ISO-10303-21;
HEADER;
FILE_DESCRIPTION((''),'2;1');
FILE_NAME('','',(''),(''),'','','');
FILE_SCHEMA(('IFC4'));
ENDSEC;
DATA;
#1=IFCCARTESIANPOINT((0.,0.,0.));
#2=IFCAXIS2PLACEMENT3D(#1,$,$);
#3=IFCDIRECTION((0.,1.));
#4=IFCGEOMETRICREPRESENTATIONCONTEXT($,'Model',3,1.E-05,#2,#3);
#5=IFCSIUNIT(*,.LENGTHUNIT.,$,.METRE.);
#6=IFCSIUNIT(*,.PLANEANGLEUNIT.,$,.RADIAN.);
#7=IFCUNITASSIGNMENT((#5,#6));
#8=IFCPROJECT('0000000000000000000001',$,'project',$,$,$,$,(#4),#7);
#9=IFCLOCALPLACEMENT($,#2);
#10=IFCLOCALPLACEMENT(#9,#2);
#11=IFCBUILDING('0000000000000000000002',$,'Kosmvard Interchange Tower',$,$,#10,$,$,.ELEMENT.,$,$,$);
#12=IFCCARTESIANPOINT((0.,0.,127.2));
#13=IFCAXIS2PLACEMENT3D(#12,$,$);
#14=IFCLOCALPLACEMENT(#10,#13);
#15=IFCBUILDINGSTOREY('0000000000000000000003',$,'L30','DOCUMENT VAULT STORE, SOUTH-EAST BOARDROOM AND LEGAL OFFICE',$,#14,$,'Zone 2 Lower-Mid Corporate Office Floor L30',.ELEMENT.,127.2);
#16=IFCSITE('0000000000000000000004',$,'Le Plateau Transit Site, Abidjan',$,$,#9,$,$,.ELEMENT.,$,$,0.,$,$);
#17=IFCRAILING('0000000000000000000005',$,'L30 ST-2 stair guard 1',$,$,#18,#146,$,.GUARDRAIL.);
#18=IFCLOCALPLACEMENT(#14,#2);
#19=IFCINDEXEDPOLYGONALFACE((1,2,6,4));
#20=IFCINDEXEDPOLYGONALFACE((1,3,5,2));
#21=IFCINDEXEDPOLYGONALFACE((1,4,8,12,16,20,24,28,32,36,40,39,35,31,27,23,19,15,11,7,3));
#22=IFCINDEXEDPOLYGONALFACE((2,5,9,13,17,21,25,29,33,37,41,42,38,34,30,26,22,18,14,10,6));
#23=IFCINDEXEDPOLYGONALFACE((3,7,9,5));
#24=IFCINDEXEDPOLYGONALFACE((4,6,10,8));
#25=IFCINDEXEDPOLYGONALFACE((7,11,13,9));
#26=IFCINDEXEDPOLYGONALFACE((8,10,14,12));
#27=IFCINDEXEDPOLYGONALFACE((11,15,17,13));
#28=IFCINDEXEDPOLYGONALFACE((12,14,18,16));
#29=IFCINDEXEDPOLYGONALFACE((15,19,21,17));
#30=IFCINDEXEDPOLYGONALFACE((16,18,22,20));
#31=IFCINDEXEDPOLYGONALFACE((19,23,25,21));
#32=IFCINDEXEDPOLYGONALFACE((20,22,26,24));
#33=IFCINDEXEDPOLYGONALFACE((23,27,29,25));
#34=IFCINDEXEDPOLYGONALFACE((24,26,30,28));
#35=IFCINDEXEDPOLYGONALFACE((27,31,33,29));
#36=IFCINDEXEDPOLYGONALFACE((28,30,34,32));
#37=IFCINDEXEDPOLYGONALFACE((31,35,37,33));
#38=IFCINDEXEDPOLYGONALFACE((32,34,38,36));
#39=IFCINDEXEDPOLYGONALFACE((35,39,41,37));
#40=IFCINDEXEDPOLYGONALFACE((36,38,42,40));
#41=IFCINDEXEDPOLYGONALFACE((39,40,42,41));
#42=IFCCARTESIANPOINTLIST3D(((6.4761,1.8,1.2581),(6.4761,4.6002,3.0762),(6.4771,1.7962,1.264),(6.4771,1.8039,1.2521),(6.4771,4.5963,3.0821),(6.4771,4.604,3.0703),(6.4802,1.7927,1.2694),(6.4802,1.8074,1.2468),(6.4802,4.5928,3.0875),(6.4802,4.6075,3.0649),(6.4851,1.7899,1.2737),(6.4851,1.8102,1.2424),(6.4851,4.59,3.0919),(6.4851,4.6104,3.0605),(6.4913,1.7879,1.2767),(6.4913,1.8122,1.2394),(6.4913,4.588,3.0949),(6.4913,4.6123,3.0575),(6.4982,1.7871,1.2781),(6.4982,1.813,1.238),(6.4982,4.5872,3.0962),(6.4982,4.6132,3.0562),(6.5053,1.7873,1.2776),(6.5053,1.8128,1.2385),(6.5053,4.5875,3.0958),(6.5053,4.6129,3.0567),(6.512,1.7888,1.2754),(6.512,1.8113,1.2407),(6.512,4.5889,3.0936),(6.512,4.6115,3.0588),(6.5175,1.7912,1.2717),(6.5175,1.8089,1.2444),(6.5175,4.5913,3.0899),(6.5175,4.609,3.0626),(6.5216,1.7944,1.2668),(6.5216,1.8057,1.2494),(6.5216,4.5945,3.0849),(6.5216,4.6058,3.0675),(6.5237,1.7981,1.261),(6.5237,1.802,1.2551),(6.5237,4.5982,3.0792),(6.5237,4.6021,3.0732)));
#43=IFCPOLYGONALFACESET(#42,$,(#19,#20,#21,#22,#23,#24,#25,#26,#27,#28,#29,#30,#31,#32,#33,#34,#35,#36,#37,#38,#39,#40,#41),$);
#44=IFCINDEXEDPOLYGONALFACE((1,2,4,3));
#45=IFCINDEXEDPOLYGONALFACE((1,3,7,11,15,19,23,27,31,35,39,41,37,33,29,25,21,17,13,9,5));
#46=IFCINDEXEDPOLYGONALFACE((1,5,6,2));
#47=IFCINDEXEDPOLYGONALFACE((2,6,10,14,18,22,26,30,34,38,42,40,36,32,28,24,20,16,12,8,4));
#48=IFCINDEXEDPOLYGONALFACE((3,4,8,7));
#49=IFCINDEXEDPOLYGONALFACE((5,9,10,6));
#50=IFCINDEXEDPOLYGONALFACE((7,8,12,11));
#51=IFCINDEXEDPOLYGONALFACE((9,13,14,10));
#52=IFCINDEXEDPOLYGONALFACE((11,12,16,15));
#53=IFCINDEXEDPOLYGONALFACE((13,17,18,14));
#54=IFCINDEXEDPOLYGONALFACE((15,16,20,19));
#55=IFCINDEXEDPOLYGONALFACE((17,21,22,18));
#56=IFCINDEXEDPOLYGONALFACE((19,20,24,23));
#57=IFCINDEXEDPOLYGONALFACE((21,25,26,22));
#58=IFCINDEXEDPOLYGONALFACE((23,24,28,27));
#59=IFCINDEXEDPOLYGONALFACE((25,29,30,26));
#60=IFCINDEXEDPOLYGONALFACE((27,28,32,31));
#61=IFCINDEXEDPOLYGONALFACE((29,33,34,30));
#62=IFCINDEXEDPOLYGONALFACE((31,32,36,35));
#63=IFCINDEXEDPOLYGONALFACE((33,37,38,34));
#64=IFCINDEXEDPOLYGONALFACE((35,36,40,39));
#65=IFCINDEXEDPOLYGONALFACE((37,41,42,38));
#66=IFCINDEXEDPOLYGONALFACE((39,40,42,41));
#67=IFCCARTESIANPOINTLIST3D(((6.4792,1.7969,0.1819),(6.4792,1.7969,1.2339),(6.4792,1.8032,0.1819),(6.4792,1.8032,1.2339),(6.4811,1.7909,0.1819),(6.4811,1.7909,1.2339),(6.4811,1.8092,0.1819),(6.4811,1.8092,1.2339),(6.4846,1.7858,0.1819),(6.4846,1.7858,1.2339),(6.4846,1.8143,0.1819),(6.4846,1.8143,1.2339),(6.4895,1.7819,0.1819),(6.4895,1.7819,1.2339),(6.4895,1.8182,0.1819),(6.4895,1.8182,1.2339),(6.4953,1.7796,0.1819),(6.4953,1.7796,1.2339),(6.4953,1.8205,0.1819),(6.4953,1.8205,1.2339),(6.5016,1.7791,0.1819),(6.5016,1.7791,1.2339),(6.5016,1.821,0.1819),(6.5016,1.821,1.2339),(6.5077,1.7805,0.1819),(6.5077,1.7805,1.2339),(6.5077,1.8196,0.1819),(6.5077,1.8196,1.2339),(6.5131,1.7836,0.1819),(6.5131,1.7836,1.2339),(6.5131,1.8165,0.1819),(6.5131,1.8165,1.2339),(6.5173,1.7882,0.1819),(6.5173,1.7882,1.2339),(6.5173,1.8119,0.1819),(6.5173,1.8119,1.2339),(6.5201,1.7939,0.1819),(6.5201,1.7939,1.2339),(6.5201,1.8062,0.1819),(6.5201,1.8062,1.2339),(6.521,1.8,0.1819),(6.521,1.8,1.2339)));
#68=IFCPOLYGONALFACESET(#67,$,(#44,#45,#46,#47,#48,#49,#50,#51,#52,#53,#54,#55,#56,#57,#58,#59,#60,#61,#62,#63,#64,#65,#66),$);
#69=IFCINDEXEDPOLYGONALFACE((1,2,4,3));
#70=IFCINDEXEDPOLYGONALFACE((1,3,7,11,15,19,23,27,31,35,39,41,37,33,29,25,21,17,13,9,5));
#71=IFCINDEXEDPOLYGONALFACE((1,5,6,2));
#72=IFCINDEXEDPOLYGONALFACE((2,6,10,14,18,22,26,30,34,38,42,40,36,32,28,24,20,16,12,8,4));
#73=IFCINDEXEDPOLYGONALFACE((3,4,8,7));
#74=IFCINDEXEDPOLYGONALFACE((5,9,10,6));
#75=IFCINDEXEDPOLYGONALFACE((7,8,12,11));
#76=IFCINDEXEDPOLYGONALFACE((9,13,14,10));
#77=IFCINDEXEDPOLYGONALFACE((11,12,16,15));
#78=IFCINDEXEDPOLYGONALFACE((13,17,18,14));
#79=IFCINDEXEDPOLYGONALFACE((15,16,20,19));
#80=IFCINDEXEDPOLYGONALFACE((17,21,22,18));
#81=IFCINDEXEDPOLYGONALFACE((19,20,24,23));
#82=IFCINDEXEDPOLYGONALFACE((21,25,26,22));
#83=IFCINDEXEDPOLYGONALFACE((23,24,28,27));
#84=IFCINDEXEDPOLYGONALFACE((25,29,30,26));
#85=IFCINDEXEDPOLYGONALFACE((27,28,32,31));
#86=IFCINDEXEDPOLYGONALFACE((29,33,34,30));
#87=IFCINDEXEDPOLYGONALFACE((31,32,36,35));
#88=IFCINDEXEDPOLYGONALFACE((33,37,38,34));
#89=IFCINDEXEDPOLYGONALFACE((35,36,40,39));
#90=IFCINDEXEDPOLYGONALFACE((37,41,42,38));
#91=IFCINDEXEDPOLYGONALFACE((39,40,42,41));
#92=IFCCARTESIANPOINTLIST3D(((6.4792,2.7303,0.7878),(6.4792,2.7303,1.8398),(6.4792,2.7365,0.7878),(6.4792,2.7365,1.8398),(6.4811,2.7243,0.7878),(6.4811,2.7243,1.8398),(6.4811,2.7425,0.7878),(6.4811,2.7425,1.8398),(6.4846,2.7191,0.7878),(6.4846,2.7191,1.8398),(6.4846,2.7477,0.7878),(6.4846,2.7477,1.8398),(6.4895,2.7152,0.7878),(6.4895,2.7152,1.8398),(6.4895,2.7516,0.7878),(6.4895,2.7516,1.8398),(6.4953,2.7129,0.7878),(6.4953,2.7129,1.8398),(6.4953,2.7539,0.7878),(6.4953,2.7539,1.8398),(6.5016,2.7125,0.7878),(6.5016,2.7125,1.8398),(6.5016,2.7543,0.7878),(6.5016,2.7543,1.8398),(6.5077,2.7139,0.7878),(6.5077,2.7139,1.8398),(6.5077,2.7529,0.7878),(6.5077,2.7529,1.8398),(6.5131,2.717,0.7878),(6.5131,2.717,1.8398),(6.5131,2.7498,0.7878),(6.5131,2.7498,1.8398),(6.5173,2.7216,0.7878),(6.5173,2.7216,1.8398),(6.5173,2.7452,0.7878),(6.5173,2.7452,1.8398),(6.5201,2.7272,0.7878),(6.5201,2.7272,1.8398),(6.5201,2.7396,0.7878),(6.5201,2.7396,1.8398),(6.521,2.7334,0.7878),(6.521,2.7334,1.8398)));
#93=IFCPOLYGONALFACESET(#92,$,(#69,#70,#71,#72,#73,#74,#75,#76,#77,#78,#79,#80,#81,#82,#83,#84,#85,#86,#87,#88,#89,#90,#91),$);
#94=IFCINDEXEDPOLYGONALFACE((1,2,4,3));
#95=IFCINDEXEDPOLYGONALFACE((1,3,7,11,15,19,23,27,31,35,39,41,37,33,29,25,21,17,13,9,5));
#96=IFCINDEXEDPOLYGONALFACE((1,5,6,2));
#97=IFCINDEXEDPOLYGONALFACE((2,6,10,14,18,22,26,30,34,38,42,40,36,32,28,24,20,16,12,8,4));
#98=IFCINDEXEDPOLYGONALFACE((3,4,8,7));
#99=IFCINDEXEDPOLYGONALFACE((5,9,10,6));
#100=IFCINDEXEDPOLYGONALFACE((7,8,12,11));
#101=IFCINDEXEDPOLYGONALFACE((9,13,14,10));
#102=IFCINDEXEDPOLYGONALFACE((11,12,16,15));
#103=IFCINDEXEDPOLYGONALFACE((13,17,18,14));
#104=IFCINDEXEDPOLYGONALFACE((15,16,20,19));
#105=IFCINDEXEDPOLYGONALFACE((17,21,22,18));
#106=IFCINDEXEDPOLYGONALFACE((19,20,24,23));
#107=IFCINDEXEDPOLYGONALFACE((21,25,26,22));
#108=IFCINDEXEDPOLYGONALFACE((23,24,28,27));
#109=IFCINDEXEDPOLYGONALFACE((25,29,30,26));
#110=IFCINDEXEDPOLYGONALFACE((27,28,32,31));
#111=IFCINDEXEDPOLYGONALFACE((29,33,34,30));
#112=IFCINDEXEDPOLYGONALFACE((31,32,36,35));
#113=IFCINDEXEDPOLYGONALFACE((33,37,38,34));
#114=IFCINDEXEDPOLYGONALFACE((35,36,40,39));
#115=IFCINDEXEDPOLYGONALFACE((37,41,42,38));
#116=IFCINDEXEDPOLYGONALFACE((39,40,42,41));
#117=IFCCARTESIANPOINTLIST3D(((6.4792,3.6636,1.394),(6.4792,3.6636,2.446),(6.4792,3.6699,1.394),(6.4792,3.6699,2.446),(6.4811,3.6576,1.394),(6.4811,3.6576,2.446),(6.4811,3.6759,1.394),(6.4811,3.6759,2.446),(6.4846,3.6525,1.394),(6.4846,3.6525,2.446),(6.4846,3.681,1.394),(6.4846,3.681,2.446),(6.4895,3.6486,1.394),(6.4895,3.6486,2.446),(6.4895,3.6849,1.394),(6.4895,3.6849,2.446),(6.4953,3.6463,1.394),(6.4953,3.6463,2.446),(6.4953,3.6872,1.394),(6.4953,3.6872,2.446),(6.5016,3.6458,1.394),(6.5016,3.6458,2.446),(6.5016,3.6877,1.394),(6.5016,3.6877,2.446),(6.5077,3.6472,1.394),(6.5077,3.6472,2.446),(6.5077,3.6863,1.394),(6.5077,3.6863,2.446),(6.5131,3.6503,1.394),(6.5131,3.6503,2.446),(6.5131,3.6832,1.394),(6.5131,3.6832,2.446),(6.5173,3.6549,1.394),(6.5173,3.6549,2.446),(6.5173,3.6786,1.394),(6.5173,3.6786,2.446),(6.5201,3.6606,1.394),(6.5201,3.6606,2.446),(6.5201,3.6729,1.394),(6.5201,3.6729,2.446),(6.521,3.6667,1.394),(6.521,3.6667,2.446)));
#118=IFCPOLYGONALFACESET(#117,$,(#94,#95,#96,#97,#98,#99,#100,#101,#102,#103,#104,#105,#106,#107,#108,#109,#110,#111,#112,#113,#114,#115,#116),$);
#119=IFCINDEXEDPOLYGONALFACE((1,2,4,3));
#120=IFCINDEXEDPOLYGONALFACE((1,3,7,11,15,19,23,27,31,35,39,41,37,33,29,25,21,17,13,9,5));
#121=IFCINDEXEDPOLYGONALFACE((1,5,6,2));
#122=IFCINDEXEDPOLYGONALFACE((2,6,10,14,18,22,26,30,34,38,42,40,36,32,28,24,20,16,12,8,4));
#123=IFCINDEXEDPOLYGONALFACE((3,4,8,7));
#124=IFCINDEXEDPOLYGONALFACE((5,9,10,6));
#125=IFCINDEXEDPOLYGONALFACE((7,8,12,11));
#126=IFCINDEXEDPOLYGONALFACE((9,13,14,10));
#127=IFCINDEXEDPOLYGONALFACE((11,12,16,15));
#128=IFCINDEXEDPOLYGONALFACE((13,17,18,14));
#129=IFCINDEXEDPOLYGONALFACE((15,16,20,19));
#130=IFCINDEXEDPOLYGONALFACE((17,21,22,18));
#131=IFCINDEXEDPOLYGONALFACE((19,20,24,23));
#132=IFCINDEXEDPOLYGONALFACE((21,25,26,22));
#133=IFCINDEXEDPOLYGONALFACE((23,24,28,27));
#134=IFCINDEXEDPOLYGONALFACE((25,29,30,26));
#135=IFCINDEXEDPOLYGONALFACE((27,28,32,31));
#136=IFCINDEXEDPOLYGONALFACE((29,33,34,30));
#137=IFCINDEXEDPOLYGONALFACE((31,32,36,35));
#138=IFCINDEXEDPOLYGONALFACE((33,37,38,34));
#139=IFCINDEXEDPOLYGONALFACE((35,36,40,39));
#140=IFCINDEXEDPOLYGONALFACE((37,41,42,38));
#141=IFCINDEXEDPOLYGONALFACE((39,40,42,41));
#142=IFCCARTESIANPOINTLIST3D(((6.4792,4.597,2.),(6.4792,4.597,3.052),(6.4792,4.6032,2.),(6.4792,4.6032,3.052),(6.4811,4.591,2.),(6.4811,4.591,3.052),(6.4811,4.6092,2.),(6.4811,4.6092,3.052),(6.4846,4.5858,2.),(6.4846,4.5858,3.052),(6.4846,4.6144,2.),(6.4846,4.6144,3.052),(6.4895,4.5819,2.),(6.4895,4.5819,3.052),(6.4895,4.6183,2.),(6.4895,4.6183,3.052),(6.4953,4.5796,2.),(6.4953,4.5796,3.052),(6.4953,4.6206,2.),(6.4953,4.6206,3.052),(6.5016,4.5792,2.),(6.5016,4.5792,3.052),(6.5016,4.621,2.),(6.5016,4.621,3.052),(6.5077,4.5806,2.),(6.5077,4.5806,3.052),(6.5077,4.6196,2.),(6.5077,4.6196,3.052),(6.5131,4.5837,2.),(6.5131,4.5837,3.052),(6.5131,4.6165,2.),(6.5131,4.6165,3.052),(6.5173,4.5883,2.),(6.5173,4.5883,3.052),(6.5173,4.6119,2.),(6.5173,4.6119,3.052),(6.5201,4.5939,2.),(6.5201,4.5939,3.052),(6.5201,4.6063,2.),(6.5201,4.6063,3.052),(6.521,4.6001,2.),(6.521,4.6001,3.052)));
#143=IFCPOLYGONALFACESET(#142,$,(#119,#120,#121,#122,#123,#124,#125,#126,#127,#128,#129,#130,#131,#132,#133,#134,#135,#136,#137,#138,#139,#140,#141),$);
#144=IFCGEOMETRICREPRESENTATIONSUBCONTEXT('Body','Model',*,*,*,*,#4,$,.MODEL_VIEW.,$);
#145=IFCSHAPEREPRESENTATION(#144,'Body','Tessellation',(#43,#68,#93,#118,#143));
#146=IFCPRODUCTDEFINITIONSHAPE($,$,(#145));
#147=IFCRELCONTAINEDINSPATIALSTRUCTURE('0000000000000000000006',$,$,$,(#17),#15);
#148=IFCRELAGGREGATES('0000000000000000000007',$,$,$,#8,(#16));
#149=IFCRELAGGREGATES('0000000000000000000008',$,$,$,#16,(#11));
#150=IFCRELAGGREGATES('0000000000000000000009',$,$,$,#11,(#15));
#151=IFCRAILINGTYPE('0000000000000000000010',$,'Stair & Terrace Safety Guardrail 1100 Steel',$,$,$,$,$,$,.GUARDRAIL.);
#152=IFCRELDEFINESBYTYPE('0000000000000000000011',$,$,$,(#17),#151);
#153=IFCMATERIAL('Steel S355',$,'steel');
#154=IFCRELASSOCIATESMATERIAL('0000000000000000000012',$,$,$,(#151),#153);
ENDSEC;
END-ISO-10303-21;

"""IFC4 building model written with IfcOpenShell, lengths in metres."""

from ifc_helpers import new_model, si_unit, direction, frame, origin, origin_2d, place, context, subcontext, project, spatial, circle, extrude, source, transform, mapped, material, type_object, element, save


model = new_model("IFC4")

# Units and contexts
model_context = context("Model", 3, precision=1e-05, world=origin(), true_north=direction((0.0, 1.0)))
body_context = subcontext(model_context, "Body", "Model", "MODEL_VIEW")
ifc_project = project(units=[si_unit("LENGTHUNIT", "METRE"), si_unit("PLANEANGLEUNIT", "RADIAN")], contexts=[model_context])

# Site, building, storey
site_placement = place(None, origin())
site = spatial("IfcSite", under=ifc_project, at=site_placement, Name="Le Plateau Transit Site, Abidjan", CompositionType="ELEMENT", RefElevation=0.0)
building_placement = place(site_placement, origin())
building = spatial("IfcBuilding", under=site, at=building_placement, Name="Kosmvard Interchange Tower", CompositionType="ELEMENT")
storey_placement = place(building_placement, frame((0.0, 0.0, 127.2)))
storey = spatial("IfcBuildingStorey", under=building, at=storey_placement, Name="L30", Description="DOCUMENT VAULT STORE, SOUTH-EAST BOARDROOM AND LEGAL OFFICE", LongName="Zone 2 Lower-Mid Corporate Office Floor L30", CompositionType="ELEMENT", Elevation=127.2)

# Shared definitions
ifc_material_1 = material(Name="Steel S355", Category="steel")

# Railing
railing_type_1 = type_object("IfcRailingType", Name="Stair & Terrace Safety Guardrail 1100 Steel", PredefinedType="GUARDRAIL", material=ifc_material_1)
shared_shape_1 = source(origin(), body_context, "Body", "SweptSolid", [
    extrude(circle(Radius=0.0239, at=origin_2d()), frame((0.0, 0.0, 1.0762), z_axis=(0.0, 0.838706, 0.544585), x_axis=(-1.0, 0.0, 0.0)), (0.0, 0.0, 1.0), 3.3386),
    extrude(circle(Radius=0.021, at=origin_2d()), origin(), (0.0, 0.0, 1.0), 1.052),
    extrude(circle(Radius=0.021, at=origin_2d()), frame((0.0, 0.9333, 0.606)), (0.0, 0.0, 1.0), 1.052),
    extrude(circle(Radius=0.021, at=origin_2d()), frame((0.0, 1.8667, 1.2122)), (0.0, 0.0, 1.0), 1.052),
    extrude(circle(Radius=0.021, at=origin_2d()), frame((0.0, 2.8, 1.8181)), (0.0, 0.0, 1.0), 1.052),
])
railing_1_placement = place(storey_placement, frame((6.5, 1.8, 0.1819)))
element("IfcRailing", 1, at=railing_1_placement, inside=storey, type_object=railing_type_1, Name="L30 ST-2 stair guard 1", PredefinedType="GUARDRAIL", context=body_context, shape_type="MappedRepresentation", body=[
    mapped(shared_shape_1, transform((0.0, 0.0, 0.0), scale=1.0)),
])

save(model, "model.ifc")
